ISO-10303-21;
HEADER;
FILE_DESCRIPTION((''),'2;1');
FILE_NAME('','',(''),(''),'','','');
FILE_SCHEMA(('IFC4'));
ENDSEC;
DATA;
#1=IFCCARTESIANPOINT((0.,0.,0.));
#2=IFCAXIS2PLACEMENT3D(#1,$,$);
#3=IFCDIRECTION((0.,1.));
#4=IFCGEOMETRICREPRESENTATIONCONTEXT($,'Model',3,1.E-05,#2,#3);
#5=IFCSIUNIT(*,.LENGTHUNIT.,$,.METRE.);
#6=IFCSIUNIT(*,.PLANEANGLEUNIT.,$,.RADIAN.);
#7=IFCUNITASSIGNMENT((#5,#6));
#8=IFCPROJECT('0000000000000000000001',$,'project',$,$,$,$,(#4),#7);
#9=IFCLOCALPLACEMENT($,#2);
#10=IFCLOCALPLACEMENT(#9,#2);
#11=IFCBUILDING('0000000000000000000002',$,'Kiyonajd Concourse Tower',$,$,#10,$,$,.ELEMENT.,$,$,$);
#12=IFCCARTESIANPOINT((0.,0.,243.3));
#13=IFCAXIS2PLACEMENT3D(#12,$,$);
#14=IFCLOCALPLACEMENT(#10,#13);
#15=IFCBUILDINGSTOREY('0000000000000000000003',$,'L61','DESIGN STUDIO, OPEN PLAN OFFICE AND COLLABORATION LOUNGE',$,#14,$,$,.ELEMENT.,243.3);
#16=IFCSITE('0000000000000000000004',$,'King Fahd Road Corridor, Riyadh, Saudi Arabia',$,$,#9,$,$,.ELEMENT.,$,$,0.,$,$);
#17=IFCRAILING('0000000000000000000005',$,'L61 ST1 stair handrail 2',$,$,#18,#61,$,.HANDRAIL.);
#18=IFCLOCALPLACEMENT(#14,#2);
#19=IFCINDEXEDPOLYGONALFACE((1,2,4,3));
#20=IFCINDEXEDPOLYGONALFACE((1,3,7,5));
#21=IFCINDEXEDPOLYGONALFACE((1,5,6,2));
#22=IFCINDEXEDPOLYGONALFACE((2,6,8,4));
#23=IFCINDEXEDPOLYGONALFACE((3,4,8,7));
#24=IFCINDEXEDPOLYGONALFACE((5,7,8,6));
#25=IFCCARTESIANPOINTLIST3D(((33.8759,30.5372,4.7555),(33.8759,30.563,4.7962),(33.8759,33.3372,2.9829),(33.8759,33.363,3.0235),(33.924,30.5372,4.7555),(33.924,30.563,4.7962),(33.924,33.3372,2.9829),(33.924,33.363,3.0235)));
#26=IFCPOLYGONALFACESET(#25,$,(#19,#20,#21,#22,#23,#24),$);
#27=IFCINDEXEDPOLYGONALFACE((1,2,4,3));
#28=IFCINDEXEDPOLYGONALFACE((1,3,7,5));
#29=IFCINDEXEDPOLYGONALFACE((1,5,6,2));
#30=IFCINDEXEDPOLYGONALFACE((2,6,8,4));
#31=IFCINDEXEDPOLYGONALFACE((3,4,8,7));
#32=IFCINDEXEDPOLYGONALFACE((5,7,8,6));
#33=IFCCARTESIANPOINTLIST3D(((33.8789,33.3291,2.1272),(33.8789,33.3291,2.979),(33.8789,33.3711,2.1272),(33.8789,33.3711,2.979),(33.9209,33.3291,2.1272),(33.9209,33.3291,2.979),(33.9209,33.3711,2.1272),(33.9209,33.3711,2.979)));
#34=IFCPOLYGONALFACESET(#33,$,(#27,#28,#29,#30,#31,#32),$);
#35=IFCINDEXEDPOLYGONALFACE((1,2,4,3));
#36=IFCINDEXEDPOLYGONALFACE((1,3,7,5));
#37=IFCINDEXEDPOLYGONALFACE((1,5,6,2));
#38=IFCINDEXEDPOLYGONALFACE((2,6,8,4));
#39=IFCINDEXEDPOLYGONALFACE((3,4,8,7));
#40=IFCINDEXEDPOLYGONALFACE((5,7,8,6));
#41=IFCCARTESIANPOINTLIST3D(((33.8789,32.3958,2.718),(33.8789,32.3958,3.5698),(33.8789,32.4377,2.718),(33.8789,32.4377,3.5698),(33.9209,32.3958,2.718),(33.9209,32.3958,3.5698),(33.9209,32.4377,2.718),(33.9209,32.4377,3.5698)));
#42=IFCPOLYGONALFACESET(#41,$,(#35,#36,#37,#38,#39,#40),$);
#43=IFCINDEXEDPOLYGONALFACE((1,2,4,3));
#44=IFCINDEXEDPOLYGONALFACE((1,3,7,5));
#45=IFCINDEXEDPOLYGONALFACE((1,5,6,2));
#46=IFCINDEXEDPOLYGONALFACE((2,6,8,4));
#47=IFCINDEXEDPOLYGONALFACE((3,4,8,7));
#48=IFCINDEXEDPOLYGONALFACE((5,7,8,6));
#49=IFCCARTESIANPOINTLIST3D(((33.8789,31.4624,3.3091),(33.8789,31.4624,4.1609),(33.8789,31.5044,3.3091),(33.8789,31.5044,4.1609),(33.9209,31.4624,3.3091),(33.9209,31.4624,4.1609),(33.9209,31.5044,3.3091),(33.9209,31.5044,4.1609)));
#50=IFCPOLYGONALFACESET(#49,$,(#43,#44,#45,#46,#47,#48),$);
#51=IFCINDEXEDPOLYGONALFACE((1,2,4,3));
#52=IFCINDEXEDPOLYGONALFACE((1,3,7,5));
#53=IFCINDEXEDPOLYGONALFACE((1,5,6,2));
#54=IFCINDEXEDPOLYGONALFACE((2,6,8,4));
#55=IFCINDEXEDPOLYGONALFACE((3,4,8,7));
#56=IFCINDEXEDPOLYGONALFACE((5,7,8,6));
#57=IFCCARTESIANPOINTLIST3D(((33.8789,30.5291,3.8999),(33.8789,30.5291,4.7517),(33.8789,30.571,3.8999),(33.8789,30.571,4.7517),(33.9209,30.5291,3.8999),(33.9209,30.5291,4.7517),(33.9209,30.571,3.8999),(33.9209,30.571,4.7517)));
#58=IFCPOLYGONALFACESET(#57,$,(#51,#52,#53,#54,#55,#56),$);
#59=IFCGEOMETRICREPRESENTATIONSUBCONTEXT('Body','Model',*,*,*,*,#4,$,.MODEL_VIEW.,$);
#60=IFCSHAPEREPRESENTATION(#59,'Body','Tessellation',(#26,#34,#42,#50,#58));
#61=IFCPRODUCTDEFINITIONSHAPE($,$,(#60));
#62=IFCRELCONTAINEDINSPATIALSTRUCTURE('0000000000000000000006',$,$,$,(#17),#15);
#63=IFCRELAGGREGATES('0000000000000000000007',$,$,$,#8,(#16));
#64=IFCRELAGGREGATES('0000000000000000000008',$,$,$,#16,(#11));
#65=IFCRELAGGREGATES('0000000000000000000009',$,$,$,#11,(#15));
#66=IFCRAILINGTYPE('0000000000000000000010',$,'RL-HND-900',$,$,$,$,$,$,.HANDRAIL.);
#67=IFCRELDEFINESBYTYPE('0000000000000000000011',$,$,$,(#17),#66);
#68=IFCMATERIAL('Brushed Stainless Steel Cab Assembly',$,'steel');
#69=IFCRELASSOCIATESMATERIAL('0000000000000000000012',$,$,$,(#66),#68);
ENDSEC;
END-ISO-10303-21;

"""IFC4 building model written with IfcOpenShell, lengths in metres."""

from ifc_helpers import new_model, si_unit, direction, frame, origin, origin_2d, place, context, subcontext, project, spatial, rectangle, extrude, material, type_object, element, save


model = new_model("IFC4")

# Units and contexts
model_context = context("Model", 3, precision=1e-05, world=origin(), true_north=direction((0.0, 1.0)))
body_context = subcontext(model_context, "Body", "Model", "MODEL_VIEW")
ifc_project = project(units=[si_unit("LENGTHUNIT", "METRE"), si_unit("PLANEANGLEUNIT", "RADIAN")], contexts=[model_context])

# Site, building, storey
site_placement = place(None, origin())
site = spatial("IfcSite", under=ifc_project, at=site_placement, Name="King Fahd Road Corridor, Riyadh, Saudi Arabia", CompositionType="ELEMENT", RefElevation=0.0)
building_placement = place(site_placement, origin())
building = spatial("IfcBuilding", under=site, at=building_placement, Name="Kiyonajd Concourse Tower", CompositionType="ELEMENT")
storey_placement = place(building_placement, frame((0.0, 0.0, 243.3)))
storey = spatial("IfcBuildingStorey", under=building, at=storey_placement, Name="L61", Description="DESIGN STUDIO, OPEN PLAN OFFICE AND COLLABORATION LOUNGE", CompositionType="ELEMENT", Elevation=243.3)

# Shared definitions
ifc_material_1 = material(Name="Brushed Stainless Steel Cab Assembly", Category="steel")

# Railing
railing_type_1 = type_object("IfcRailingType", Name="RL-HND-900", PredefinedType="HANDRAIL", material=ifc_material_1)
railing_1_placement = place(storey_placement, frame((33.8999, 33.3501, 2.1272)))
element("IfcRailing", 1, at=railing_1_placement, inside=storey, type_object=railing_type_1, Name="L61 ST1 stair handrail 2", PredefinedType="HANDRAIL", context=body_context, shape_type="SweptSolid", body=[
    extrude(rectangle(XDim=0.0481, YDim=0.0481, at=origin_2d()), frame((0.0, 0.0, 0.876), z_axis=(0.0, -0.844909, 0.53491), x_axis=(1.0, 0.0, 0.0)), (0.0, 0.0, 1.0), 3.314),
    extrude(rectangle(XDim=0.042, YDim=0.042, at=origin_2d()), origin(), (0.0, 0.0, 1.0), 0.8518),
    extrude(rectangle(XDim=0.042, YDim=0.042, at=origin_2d()), frame((0.0, -0.9333, 0.5908)), (0.0, 0.0, 1.0), 0.8518),
    extrude(rectangle(XDim=0.042, YDim=0.042, at=origin_2d()), frame((0.0, -1.8667, 1.1819)), (0.0, 0.0, 1.0), 0.8518),
    extrude(rectangle(XDim=0.042, YDim=0.042, at=origin_2d()), frame((0.0, -2.8, 1.7727)), (0.0, 0.0, 1.0), 0.8518),
])

save(model, "model.ifc")
